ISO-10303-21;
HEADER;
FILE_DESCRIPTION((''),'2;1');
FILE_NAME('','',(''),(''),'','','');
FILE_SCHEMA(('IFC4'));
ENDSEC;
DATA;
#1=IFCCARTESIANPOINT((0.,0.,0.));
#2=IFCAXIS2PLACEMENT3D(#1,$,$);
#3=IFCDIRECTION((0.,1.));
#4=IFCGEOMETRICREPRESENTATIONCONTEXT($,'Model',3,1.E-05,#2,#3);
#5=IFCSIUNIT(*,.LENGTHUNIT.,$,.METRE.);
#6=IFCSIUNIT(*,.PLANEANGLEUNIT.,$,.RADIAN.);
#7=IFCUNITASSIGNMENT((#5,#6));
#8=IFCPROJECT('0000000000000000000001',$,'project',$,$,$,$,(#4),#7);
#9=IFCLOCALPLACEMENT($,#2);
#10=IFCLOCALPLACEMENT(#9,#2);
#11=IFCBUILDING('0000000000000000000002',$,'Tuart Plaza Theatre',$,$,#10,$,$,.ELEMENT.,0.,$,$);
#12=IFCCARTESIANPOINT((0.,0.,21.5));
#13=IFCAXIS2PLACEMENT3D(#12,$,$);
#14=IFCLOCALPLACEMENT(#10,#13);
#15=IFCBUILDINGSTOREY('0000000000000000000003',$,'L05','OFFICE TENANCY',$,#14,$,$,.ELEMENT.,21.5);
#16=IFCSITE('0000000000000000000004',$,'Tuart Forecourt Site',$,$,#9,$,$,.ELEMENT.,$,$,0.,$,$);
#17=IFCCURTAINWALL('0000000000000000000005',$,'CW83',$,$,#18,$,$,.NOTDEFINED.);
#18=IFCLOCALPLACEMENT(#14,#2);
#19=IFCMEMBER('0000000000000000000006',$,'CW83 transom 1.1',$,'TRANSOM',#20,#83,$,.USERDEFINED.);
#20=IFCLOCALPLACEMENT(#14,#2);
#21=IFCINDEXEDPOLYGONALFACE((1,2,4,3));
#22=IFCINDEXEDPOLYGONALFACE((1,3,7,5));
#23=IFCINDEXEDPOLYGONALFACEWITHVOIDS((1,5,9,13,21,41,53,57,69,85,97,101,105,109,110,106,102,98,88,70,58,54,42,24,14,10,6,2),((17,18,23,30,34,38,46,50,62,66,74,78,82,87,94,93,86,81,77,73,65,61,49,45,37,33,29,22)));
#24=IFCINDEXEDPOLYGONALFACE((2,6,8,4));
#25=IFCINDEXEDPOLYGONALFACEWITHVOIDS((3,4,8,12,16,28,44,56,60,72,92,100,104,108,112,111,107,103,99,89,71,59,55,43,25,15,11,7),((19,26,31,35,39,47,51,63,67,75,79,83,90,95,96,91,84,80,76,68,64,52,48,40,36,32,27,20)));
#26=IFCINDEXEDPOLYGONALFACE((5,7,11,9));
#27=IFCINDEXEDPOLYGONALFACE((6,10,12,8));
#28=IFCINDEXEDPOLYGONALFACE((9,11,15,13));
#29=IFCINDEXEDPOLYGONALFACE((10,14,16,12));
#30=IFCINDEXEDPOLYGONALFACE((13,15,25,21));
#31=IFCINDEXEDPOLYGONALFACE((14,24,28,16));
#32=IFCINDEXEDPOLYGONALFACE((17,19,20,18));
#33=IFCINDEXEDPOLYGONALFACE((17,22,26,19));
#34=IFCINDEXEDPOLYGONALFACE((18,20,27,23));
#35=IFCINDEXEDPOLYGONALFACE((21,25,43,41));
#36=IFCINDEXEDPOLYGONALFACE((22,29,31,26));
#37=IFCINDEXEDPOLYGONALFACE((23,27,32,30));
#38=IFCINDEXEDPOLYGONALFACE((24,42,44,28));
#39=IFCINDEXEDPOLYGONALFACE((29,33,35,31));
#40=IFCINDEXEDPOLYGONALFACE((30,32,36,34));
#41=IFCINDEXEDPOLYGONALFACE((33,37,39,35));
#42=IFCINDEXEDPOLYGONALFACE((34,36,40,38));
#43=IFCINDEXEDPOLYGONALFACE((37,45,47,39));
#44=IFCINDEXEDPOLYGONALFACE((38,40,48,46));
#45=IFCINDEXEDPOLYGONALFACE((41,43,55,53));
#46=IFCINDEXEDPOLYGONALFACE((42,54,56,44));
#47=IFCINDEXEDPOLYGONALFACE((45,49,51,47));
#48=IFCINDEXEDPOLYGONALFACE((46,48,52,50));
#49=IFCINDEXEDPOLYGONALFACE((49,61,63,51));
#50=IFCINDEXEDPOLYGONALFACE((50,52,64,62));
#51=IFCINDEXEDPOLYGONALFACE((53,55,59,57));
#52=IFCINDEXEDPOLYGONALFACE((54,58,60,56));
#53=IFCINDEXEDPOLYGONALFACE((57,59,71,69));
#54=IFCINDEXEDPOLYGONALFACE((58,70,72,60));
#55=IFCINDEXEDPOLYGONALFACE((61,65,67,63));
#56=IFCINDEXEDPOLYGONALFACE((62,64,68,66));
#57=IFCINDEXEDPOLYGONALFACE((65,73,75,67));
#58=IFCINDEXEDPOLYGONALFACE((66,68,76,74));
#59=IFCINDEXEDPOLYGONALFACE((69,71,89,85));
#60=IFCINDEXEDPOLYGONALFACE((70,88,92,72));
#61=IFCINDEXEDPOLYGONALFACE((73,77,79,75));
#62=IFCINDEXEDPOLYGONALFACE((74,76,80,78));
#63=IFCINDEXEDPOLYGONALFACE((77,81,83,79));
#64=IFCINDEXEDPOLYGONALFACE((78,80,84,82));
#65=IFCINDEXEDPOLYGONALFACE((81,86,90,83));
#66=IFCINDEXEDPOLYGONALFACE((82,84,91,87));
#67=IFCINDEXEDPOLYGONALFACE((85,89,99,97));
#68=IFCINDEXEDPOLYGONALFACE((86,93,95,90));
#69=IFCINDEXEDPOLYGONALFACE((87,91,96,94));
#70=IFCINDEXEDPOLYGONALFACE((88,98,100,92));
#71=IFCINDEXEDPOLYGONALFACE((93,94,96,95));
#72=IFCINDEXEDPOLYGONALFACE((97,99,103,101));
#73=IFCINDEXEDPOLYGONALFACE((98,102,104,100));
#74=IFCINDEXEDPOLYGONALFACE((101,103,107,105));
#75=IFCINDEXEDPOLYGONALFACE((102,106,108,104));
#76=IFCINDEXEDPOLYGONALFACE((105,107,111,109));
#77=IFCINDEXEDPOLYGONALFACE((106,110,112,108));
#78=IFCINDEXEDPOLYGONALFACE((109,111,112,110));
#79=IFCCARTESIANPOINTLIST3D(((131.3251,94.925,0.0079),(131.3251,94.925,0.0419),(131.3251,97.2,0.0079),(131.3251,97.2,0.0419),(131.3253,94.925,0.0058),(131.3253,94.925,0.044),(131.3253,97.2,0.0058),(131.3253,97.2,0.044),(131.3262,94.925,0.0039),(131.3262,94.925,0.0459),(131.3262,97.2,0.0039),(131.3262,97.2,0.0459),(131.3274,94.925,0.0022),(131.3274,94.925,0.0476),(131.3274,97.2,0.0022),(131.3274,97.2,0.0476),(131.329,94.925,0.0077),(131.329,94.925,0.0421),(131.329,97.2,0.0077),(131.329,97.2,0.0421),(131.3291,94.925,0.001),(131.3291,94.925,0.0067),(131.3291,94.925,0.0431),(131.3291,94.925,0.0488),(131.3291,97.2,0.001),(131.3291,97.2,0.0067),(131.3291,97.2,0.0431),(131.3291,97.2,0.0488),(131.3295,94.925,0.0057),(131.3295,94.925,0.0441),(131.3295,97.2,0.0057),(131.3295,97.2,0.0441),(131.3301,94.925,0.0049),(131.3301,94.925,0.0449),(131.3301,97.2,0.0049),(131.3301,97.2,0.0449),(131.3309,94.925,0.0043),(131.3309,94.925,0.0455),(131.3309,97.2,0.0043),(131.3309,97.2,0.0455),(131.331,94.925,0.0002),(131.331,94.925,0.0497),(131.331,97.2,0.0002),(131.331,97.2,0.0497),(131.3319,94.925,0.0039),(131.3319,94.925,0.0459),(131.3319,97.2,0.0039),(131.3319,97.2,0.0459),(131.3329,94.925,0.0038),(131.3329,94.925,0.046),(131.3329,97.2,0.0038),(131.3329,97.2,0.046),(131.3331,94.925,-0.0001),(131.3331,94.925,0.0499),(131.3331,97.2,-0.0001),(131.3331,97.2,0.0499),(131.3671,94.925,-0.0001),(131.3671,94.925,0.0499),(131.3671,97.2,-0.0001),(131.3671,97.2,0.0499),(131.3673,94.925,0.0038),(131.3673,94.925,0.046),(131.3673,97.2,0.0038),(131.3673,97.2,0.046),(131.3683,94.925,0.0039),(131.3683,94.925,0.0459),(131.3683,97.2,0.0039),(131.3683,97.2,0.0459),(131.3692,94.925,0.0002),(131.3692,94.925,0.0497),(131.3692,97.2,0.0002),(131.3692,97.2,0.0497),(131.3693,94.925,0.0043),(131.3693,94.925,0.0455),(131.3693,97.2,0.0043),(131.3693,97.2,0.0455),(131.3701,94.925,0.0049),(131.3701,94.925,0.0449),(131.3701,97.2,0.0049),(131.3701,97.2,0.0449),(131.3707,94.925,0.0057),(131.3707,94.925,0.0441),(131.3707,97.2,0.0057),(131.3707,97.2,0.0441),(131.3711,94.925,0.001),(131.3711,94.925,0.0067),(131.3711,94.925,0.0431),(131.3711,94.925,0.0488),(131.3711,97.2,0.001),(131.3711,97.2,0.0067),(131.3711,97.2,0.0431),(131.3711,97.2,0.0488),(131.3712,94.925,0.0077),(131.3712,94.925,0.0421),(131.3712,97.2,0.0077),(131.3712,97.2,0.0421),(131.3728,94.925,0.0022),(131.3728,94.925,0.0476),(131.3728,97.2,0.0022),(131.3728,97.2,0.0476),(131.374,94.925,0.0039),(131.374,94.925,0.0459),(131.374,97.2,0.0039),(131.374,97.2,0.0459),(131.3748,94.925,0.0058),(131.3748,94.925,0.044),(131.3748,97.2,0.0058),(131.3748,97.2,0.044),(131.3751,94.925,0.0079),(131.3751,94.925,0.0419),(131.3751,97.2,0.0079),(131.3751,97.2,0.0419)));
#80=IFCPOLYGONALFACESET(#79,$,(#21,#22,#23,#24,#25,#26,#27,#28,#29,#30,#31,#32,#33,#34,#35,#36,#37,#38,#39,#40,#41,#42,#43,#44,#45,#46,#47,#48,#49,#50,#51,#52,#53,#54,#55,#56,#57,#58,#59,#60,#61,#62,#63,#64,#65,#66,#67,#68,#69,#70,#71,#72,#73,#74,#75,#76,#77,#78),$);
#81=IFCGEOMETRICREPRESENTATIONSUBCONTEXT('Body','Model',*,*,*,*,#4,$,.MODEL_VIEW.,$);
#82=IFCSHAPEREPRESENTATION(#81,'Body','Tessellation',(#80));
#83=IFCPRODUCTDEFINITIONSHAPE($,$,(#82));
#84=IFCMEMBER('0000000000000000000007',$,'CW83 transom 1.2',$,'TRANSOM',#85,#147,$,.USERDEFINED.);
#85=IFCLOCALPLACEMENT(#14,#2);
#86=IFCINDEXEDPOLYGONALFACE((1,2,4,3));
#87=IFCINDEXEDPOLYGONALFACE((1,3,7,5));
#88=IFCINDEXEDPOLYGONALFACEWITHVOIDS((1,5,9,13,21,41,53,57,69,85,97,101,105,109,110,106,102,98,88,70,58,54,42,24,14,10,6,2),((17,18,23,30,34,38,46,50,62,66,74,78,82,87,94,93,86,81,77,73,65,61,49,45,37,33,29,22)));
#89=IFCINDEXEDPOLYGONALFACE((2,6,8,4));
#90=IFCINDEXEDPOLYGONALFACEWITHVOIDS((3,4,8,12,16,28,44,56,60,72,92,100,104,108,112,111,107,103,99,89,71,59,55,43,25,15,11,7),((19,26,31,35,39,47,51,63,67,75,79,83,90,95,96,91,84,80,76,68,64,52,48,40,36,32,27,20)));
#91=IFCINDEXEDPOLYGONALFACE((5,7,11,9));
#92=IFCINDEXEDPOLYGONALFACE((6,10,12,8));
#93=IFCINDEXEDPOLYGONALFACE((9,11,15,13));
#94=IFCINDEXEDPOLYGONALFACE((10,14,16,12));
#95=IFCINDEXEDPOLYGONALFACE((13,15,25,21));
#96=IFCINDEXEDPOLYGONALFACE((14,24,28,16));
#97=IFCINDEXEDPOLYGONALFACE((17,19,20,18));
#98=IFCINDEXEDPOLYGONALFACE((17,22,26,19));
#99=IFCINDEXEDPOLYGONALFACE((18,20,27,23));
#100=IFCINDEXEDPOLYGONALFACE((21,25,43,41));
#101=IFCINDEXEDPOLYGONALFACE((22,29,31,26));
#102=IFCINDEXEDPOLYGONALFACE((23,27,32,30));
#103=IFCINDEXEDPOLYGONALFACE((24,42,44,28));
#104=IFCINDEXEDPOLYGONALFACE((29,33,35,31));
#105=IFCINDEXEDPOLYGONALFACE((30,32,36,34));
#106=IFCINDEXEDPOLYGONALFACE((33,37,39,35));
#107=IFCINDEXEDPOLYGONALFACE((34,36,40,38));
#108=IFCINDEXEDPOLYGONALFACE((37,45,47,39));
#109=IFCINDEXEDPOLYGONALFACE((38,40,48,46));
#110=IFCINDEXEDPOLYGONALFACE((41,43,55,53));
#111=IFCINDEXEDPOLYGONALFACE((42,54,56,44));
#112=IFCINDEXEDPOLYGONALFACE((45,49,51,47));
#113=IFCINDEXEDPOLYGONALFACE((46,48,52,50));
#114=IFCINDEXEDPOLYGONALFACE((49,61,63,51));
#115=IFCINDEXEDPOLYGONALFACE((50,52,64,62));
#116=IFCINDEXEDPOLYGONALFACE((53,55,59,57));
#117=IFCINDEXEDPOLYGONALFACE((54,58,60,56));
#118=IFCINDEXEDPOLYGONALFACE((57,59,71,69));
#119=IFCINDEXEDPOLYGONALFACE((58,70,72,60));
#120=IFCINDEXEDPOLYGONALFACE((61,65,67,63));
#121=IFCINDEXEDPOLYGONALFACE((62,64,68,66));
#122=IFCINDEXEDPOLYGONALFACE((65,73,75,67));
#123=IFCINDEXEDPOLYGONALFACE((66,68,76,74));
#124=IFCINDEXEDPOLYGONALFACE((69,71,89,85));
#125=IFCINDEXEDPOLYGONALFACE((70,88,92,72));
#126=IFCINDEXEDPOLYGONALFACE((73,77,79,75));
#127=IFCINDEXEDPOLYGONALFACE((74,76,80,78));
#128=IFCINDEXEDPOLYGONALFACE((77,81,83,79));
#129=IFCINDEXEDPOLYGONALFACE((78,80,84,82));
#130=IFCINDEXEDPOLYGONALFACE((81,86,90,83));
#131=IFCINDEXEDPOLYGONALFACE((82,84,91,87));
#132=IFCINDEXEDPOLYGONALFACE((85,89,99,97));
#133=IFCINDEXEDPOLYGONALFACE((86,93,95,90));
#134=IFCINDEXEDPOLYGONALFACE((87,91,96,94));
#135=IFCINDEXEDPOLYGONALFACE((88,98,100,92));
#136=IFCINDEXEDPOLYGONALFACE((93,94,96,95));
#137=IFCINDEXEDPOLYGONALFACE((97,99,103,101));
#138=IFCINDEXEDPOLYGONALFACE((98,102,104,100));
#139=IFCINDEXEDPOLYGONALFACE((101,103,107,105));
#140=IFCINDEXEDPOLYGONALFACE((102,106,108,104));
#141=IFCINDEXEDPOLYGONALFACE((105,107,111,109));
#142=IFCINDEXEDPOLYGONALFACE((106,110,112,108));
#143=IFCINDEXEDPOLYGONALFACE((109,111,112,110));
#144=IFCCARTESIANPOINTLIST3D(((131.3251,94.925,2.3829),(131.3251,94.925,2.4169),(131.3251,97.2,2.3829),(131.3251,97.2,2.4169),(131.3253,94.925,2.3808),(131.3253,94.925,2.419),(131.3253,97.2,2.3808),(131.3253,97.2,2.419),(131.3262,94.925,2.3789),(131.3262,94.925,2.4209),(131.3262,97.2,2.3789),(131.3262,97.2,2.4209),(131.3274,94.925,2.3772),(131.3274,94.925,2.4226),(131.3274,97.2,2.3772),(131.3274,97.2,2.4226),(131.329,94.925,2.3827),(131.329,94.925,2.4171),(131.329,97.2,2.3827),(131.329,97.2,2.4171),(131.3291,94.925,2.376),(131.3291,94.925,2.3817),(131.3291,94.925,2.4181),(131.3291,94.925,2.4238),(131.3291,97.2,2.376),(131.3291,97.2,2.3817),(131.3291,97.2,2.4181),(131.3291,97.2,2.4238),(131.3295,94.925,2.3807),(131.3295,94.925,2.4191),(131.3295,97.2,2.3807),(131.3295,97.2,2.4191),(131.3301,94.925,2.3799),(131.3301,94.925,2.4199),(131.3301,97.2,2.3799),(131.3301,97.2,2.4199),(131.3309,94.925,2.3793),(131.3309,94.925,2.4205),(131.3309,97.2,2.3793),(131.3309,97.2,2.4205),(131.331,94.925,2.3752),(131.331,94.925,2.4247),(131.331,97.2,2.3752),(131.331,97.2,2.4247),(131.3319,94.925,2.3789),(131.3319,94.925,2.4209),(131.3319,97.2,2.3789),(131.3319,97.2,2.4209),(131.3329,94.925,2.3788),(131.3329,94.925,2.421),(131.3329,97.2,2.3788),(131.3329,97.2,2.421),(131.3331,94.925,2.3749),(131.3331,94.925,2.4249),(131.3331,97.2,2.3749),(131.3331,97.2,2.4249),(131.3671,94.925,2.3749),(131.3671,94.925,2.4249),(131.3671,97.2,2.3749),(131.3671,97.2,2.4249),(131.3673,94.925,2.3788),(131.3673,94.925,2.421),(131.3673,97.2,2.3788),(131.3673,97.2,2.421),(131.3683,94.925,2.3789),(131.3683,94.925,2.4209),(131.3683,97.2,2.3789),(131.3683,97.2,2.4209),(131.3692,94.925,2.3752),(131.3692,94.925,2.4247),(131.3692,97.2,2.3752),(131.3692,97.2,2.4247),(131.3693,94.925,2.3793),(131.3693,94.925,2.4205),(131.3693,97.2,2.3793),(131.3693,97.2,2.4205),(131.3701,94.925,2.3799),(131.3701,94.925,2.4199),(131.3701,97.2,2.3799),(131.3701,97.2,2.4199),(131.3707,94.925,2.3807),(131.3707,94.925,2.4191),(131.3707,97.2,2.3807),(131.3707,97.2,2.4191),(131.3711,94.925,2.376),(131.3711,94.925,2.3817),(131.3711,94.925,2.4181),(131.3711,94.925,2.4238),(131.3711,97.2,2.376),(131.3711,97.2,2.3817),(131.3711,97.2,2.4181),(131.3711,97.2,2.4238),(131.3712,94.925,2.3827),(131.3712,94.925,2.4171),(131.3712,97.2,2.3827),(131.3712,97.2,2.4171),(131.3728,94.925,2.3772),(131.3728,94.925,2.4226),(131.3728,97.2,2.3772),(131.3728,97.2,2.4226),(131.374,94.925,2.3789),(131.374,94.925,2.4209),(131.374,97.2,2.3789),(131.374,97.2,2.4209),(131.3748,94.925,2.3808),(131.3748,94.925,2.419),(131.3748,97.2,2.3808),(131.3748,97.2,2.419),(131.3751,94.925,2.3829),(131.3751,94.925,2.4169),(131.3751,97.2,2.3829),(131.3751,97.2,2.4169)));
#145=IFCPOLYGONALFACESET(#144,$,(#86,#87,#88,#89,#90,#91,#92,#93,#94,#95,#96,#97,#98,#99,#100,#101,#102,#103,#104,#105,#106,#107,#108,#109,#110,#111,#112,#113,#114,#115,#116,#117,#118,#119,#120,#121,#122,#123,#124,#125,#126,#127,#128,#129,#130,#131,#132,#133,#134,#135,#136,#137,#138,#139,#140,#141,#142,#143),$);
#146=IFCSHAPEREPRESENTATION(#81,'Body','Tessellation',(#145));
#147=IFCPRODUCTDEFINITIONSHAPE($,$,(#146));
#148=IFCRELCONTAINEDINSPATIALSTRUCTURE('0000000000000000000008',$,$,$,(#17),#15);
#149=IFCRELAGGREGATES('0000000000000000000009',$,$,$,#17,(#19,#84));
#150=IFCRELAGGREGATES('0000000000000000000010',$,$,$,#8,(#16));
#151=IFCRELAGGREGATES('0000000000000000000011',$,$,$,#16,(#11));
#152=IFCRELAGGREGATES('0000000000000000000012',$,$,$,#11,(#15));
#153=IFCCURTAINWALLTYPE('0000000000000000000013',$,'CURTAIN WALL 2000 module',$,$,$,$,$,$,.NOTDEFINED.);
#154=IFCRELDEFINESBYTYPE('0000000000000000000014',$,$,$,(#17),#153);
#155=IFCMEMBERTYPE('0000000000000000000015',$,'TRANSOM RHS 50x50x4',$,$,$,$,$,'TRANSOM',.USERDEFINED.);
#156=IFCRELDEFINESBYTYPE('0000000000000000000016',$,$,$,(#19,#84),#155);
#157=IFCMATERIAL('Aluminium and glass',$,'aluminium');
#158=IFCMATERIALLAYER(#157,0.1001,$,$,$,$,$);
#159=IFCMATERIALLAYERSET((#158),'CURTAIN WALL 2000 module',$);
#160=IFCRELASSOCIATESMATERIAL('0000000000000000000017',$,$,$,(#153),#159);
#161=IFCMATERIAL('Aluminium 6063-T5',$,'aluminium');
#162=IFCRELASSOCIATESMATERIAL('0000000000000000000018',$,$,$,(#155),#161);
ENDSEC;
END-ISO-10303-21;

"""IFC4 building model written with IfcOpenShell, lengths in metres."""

from ifc_helpers import new_model, si_unit, direction, frame, origin, origin_2d, place, context, subcontext, project, spatial, hollow_rectangle, extrude, material, layer, layer_set, material_profile, profile_set, type_object, element, aggregate, save


model = new_model("IFC4")

# Units and contexts
model_context = context("Model", 3, precision=1e-05, world=origin(), true_north=direction((0.0, 1.0)))
body_context = subcontext(model_context, "Body", "Model", "MODEL_VIEW")
ifc_project = project(units=[si_unit("LENGTHUNIT", "METRE"), si_unit("PLANEANGLEUNIT", "RADIAN")], contexts=[model_context])

# Site, building, storey
site_placement = place(None, origin())
site = spatial("IfcSite", under=ifc_project, at=site_placement, Name="Tuart Forecourt Site", CompositionType="ELEMENT", RefElevation=0.0)
building_placement = place(site_placement, origin())
building = spatial("IfcBuilding", under=site, at=building_placement, Name="Tuart Plaza Theatre", CompositionType="ELEMENT", ElevationOfRefHeight=0.0)
storey_placement = place(building_placement, frame((0.0, 0.0, 21.5)))
storey = spatial("IfcBuildingStorey", under=building, at=storey_placement, Name="L05", Description="OFFICE TENANCY", CompositionType="ELEMENT", Elevation=21.5)

# Curtain wall
ifc_material_1 = material(Name="Aluminium and glass", Category="aluminium")
ifc_layer_1 = layer(ifc_material_1, 0.1001)
ifc_layer_set_1 = layer_set([ifc_layer_1], Name="CURTAIN WALL 2000 module")
curtain_wall_type = type_object("IfcCurtainWallType", Name="CURTAIN WALL 2000 module", PredefinedType="NOTDEFINED", material=ifc_layer_set_1)
curtain_wall_1_placement = place(storey_placement, origin())
curtain_wall_1 = element("IfcCurtainWall", 1, at=curtain_wall_1_placement, inside=storey, type_object=curtain_wall_type, Name="CW83", PredefinedType="NOTDEFINED")

# Members
ifc_material_2 = material(Name="Aluminium 6063-T5", Category="aluminium")
ifc_material_profile_1 = material_profile(ifc_material_2, hollow_rectangle(XDim=0.05, YDim=0.05, WallThickness=0.0039, InnerFilletRadius=0.0039, OuterFilletRadius=0.0081, at=origin_2d()), Name="RHS 50x50x4")
ifc_profile_set_1 = profile_set([ifc_material_profile_1], Name="Aluminium 6063-T5")
member_type_1 = type_object("IfcMemberType", Name="TRANSOM RHS 50x50x4", ElementType="TRANSOM", PredefinedType="USERDEFINED", material=ifc_profile_set_1)
member_1_placement = place(storey_placement, frame((131.3501, 97.2, 0.0249), z_axis=(0.0, -1.0, 0.0), x_axis=(1.0, 0.0, 0.0)))
member_1 = element("IfcMember", 2, at=member_1_placement, type_object=member_type_1, Name="CW83 transom 1.1", ObjectType="TRANSOM", PredefinedType="USERDEFINED", context=body_context, shape_type="SweptSolid", body=[
    extrude(hollow_rectangle(XDim=0.05, YDim=0.05, WallThickness=0.0039, InnerFilletRadius=0.0039, OuterFilletRadius=0.0081, at=origin_2d()), origin(), (0.0, 0.0, 1.0), 2.2749),
])
member_2_placement = place(storey_placement, frame((131.3501, 97.2, 2.3999), z_axis=(0.0, -1.0, 0.0), x_axis=(1.0, 0.0, 0.0)))
member_2 = element("IfcMember", 3, at=member_2_placement, type_object=member_type_1, Name="CW83 transom 1.2", ObjectType="TRANSOM", PredefinedType="USERDEFINED", context=body_context, shape_type="SweptSolid", body=[
    extrude(hollow_rectangle(XDim=0.05, YDim=0.05, WallThickness=0.0039, InnerFilletRadius=0.0039, OuterFilletRadius=0.0081, at=origin_2d()), origin(), (0.0, 0.0, 1.0), 2.2749),
])

aggregate(curtain_wall_1, [member_1, member_2])

save(model, "model.ifc")
